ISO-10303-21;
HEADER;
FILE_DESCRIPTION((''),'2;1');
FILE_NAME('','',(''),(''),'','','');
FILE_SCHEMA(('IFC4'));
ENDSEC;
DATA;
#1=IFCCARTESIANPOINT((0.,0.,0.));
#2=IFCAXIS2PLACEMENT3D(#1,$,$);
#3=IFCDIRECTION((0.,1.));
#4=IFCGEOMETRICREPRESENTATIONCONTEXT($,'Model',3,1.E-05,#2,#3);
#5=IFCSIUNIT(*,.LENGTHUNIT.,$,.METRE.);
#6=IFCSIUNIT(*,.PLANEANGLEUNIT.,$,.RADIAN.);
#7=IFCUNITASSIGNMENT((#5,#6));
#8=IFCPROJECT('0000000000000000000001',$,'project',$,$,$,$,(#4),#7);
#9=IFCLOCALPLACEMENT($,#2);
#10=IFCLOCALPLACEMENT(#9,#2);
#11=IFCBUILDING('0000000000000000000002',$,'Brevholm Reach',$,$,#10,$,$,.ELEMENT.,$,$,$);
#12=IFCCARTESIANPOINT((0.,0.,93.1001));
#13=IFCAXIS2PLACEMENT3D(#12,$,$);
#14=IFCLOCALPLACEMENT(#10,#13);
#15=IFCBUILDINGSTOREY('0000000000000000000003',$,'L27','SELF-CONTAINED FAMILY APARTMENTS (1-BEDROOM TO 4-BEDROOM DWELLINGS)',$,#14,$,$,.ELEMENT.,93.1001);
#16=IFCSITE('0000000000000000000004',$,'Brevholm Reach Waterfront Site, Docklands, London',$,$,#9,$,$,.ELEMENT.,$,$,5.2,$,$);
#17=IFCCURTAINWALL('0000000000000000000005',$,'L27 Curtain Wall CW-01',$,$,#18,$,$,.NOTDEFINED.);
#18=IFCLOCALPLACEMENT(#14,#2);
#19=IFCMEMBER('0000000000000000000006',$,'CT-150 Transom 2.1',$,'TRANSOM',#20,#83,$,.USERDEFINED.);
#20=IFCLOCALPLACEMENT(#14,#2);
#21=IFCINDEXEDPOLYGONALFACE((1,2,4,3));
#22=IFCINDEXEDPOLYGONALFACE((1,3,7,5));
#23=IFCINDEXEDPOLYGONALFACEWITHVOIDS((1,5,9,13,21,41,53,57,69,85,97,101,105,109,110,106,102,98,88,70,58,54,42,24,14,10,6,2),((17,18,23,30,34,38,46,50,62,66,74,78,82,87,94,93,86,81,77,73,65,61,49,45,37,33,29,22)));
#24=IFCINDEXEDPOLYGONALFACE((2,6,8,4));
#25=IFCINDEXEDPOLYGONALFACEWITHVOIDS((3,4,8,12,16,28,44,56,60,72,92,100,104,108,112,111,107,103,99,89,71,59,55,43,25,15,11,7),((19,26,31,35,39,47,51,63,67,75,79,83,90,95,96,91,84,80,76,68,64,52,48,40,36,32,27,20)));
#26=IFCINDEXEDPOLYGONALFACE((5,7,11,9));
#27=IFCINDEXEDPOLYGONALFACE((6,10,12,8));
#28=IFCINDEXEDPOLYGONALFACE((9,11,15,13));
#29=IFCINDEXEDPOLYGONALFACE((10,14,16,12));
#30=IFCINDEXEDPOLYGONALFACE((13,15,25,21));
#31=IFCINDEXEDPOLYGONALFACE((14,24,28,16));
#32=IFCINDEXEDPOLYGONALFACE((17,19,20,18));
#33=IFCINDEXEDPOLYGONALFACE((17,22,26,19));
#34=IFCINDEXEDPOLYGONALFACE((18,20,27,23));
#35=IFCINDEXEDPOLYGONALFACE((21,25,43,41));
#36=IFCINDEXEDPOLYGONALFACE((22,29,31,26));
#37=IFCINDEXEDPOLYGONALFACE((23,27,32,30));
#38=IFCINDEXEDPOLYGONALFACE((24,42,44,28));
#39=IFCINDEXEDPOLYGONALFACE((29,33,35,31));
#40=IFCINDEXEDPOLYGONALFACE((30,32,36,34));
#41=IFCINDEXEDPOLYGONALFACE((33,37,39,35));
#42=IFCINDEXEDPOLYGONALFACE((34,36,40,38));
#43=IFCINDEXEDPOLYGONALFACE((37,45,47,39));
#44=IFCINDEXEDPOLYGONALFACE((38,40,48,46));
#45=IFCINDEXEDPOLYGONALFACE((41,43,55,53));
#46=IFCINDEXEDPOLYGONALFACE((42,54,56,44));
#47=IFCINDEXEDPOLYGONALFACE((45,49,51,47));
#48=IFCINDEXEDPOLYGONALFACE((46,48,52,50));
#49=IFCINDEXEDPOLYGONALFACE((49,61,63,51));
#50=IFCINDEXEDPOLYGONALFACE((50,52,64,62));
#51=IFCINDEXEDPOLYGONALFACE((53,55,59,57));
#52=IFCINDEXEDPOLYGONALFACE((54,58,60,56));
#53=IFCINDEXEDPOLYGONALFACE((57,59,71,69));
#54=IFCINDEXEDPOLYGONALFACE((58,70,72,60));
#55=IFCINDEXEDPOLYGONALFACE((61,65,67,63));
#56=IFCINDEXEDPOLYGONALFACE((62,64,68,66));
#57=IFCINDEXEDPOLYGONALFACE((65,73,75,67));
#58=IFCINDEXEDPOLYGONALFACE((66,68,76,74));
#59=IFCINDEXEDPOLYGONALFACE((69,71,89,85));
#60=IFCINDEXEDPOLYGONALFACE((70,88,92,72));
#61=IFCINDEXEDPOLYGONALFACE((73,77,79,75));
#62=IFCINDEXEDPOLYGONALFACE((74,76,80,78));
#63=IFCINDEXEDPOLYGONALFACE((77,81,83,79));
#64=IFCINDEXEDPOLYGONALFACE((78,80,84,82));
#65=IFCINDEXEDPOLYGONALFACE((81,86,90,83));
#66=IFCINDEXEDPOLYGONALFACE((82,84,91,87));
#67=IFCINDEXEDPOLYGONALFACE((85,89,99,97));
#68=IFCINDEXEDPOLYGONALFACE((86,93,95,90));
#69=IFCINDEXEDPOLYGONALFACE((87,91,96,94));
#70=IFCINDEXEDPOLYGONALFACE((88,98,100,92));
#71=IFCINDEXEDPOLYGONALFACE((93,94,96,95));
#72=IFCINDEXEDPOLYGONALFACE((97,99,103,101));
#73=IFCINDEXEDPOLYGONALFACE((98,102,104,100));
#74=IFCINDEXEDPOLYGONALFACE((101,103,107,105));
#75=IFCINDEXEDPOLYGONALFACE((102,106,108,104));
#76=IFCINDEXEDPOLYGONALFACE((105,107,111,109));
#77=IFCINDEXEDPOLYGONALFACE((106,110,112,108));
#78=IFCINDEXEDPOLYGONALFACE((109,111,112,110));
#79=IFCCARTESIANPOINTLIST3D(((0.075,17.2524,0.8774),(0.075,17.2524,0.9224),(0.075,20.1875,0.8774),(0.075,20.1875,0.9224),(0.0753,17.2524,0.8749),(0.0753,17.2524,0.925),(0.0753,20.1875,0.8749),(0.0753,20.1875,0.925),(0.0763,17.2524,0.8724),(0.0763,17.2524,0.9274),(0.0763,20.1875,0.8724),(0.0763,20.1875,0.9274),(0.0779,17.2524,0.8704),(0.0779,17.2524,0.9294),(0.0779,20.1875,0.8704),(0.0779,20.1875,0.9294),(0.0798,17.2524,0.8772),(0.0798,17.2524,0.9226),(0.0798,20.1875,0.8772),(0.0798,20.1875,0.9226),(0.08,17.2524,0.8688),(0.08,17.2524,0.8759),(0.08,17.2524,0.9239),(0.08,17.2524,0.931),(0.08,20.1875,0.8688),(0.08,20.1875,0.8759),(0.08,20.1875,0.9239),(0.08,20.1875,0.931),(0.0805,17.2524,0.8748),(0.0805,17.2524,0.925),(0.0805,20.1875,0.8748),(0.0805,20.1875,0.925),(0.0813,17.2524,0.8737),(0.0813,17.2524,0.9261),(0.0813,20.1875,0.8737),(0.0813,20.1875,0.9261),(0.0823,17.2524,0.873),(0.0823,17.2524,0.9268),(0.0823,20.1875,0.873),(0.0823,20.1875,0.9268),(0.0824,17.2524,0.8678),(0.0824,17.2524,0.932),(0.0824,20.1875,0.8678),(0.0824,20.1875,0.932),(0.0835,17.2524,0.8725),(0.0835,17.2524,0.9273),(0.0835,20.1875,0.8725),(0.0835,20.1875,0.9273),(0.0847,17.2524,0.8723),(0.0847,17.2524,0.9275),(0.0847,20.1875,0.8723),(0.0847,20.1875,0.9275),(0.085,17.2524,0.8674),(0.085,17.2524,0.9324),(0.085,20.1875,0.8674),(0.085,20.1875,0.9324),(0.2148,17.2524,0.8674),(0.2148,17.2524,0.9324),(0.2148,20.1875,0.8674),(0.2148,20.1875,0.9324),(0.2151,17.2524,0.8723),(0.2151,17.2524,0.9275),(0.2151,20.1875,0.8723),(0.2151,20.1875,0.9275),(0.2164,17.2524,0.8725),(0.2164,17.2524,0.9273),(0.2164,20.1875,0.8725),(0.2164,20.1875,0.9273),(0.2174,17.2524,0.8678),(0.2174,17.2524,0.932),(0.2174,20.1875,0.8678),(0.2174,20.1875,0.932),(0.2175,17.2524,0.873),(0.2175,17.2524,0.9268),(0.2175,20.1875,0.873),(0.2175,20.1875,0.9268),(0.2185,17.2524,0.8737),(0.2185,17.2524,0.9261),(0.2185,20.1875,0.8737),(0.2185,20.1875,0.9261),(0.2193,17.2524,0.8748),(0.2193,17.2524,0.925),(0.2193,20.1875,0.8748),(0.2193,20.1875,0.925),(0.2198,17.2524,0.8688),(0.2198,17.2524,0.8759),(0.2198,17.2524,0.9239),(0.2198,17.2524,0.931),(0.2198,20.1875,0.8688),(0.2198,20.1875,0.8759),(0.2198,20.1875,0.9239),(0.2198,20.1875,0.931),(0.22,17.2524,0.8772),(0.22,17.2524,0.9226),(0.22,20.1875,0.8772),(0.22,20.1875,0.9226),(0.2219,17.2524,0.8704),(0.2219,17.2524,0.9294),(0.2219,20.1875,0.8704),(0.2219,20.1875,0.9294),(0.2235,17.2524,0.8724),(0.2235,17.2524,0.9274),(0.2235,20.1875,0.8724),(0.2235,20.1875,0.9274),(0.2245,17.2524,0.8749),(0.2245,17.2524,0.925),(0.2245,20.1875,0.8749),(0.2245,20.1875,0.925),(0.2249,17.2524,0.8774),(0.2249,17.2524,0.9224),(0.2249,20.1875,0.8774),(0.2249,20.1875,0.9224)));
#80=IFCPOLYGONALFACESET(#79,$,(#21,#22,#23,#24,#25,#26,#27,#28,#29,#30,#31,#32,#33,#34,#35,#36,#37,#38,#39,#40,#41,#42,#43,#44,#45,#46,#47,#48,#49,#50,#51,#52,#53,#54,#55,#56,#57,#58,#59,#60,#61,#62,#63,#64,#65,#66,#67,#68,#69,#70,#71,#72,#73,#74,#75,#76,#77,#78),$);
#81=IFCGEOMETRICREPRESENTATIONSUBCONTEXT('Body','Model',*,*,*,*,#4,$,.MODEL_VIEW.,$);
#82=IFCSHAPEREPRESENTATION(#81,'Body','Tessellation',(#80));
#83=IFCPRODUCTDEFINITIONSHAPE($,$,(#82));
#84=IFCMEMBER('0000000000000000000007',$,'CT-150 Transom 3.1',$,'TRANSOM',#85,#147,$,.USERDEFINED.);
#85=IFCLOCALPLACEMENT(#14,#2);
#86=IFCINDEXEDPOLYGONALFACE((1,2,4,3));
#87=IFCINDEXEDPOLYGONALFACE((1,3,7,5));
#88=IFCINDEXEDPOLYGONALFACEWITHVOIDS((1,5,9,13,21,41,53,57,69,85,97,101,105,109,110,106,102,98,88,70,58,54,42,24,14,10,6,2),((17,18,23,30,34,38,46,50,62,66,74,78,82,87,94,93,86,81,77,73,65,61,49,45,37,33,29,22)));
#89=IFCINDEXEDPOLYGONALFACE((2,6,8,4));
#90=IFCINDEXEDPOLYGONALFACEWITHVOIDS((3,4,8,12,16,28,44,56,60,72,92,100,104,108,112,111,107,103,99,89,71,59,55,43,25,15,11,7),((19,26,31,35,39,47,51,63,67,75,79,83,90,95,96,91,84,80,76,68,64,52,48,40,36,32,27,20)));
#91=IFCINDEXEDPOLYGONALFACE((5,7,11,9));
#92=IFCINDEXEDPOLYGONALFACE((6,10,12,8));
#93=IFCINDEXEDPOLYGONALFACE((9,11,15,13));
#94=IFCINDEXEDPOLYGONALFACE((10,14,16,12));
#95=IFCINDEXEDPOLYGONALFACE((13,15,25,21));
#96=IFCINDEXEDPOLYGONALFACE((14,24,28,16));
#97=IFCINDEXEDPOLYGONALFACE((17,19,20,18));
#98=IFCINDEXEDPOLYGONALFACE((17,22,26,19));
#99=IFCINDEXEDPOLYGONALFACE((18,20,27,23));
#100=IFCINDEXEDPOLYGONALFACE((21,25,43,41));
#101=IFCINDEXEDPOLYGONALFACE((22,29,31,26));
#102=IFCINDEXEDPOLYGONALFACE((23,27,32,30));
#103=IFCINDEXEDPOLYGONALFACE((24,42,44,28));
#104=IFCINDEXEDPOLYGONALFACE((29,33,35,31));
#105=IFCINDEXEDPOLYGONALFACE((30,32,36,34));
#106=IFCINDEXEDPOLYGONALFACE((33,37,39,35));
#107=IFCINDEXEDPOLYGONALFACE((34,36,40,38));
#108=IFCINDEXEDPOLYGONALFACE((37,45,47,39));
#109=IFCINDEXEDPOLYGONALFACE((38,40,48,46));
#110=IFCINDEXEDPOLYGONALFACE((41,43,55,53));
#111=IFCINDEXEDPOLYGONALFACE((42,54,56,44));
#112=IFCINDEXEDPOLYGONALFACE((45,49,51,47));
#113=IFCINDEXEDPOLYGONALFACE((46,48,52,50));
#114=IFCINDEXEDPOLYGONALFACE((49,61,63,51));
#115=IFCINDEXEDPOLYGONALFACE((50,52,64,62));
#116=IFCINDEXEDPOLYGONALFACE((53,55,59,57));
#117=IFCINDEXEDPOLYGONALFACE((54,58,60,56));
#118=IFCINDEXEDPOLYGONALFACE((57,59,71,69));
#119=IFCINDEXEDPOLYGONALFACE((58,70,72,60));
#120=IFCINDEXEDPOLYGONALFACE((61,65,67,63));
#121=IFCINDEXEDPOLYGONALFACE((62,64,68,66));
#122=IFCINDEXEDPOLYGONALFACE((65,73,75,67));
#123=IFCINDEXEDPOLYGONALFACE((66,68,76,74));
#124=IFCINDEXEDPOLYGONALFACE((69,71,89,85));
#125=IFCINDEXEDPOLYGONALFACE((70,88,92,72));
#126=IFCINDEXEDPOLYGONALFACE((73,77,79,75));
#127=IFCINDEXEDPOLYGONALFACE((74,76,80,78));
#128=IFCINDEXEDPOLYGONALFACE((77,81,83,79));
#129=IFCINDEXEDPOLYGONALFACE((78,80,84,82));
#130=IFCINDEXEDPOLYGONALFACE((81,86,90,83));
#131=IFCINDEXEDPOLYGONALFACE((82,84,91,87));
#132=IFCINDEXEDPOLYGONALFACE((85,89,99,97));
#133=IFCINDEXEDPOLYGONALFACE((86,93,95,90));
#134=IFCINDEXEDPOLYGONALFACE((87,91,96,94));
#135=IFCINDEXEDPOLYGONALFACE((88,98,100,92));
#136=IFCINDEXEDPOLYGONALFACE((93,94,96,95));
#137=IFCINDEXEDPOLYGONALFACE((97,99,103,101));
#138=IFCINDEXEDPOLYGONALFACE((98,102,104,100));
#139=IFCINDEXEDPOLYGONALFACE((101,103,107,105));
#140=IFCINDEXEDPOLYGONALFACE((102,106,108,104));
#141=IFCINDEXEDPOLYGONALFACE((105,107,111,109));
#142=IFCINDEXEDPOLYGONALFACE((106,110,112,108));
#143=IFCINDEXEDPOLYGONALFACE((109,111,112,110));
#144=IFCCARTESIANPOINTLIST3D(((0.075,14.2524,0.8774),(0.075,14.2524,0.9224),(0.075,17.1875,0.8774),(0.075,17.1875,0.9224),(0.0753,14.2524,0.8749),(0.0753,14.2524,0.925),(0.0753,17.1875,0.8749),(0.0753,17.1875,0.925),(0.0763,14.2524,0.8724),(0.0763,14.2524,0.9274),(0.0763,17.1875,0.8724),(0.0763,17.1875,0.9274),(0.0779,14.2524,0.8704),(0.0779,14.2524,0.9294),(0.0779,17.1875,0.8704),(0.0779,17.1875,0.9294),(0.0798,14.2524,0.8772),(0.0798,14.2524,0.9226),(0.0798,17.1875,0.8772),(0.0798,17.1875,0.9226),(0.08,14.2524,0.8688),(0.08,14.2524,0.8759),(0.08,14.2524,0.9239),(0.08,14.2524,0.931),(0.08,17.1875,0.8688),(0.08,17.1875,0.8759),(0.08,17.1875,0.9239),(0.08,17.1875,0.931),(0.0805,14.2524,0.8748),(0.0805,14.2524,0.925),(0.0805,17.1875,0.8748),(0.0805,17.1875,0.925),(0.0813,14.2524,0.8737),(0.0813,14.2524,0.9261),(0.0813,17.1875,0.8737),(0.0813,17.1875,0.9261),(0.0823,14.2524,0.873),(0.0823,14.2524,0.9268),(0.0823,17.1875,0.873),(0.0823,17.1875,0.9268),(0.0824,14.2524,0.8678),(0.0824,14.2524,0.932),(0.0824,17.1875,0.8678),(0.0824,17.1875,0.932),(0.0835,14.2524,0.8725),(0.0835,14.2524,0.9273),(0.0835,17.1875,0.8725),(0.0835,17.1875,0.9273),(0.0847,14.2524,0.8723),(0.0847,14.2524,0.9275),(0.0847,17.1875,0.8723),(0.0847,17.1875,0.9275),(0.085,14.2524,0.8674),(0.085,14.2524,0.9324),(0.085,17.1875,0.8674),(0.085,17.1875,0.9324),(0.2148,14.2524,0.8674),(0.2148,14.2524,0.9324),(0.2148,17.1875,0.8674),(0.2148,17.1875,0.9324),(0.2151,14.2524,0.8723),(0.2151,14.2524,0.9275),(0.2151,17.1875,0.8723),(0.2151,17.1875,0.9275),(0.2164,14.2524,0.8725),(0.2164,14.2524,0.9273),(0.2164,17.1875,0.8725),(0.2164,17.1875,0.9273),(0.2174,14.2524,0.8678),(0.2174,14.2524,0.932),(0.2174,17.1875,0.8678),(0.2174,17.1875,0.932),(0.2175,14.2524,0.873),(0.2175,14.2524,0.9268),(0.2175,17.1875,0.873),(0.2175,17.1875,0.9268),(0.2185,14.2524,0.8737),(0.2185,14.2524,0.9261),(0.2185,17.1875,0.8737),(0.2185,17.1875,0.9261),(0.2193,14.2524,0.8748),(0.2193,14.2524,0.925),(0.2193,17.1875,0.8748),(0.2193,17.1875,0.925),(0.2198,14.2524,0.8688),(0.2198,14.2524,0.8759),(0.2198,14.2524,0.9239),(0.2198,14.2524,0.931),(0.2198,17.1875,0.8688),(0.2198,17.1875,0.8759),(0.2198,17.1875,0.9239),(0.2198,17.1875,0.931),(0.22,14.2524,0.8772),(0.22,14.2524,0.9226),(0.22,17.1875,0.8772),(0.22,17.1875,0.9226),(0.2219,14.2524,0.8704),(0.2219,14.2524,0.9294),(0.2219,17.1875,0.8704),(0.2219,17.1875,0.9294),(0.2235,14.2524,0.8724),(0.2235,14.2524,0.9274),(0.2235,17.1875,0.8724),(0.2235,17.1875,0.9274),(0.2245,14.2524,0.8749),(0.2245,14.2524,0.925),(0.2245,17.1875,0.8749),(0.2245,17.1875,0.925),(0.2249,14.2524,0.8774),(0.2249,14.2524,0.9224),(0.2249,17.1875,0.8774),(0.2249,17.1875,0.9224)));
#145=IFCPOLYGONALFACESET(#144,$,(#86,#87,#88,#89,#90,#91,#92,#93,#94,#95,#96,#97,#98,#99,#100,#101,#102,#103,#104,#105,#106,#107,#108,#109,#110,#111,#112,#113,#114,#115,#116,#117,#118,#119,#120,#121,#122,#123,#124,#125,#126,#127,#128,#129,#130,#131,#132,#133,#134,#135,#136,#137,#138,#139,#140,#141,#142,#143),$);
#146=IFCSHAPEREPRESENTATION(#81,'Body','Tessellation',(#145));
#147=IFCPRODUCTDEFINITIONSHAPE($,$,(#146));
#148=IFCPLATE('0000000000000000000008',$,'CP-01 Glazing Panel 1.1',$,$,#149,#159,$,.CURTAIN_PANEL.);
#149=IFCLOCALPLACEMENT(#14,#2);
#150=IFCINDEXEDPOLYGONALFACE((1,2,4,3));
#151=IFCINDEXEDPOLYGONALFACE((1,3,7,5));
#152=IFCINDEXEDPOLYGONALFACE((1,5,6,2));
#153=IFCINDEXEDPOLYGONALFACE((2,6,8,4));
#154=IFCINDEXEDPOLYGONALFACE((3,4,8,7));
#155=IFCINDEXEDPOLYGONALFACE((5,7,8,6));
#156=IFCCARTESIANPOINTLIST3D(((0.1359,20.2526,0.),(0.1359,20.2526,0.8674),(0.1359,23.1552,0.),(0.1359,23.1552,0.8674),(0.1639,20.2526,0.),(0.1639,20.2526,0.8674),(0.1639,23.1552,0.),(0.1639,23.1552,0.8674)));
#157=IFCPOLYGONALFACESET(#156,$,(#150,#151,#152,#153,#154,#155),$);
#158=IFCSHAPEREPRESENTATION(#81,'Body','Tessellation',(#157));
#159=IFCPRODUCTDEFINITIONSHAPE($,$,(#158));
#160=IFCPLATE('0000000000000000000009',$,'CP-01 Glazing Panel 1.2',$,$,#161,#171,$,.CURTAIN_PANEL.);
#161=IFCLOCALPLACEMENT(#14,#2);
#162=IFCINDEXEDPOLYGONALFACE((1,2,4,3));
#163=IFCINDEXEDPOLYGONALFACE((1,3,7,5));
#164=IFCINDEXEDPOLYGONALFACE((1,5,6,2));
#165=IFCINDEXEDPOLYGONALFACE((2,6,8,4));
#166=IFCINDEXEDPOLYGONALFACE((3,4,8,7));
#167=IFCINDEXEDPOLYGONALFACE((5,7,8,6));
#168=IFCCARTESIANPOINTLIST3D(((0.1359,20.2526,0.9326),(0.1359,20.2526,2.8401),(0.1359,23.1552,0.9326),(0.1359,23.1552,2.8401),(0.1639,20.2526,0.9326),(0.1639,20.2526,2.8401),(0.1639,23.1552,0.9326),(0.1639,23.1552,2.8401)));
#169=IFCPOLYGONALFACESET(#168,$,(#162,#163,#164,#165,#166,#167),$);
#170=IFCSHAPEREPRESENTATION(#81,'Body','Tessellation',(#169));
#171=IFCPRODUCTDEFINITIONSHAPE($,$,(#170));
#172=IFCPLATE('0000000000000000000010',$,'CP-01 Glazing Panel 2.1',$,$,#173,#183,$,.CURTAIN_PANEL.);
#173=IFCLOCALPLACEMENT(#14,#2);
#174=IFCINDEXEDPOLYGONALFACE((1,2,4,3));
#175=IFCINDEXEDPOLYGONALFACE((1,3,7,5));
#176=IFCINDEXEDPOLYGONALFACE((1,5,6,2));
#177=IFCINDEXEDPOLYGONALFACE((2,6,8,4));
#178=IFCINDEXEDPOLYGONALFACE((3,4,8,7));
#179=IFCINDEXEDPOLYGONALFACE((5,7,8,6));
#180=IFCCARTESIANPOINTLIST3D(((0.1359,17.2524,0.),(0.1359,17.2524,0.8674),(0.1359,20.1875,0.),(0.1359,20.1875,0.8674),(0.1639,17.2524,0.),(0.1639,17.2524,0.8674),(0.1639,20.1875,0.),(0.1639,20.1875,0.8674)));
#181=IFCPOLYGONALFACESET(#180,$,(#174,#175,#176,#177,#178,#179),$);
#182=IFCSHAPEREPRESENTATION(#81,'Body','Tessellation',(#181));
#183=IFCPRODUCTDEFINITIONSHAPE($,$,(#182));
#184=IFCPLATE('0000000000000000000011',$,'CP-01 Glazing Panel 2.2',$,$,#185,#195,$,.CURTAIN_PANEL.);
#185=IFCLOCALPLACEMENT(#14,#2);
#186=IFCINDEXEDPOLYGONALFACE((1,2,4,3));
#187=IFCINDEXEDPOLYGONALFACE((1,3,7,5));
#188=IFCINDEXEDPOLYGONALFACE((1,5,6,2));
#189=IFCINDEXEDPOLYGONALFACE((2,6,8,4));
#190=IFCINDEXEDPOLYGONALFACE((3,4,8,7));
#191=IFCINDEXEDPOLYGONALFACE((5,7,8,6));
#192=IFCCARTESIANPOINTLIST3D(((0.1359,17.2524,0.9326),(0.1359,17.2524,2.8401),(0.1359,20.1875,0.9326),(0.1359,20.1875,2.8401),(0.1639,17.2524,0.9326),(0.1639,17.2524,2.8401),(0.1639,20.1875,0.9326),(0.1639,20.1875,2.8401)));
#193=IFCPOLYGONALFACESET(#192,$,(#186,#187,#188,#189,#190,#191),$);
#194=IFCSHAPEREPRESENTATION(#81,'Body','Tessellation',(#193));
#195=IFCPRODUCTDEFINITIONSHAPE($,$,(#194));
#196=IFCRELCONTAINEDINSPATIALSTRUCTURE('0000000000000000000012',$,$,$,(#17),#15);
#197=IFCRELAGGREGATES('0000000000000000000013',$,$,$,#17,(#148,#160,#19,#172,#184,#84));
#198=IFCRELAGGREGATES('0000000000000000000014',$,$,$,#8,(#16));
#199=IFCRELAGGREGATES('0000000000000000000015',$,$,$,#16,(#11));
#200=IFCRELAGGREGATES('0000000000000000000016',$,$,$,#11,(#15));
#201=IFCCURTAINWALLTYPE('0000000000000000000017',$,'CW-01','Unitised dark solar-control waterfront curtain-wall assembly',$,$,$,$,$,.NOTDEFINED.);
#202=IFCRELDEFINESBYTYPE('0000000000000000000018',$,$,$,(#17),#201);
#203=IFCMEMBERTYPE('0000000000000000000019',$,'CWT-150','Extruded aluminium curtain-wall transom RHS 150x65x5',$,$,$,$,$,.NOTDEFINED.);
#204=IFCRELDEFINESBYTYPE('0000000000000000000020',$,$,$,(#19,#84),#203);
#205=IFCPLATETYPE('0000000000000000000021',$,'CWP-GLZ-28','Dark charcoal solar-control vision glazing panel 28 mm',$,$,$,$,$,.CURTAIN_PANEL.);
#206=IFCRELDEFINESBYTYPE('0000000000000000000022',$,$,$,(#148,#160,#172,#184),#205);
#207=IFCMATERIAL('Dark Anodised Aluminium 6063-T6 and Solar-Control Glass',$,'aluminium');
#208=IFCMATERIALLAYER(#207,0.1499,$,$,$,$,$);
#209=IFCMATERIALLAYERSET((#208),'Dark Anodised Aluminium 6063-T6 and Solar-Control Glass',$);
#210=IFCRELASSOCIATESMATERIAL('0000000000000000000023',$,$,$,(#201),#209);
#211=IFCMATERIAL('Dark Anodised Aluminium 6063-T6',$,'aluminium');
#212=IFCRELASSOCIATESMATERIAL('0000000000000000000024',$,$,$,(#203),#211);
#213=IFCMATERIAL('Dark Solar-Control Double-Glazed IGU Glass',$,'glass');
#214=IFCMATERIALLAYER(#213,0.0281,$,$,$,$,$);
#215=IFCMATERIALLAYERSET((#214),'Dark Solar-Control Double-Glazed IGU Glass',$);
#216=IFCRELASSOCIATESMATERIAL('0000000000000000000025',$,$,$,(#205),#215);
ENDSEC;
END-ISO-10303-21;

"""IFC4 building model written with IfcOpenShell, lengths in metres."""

from ifc_helpers import new_model, si_unit, direction, frame, origin, origin_2d, place, context, subcontext, project, spatial, rectangle, hollow_rectangle, extrude, material, layer, layer_set, material_profile, profile_set, type_object, element, aggregate, save


model = new_model("IFC4")

# Units and contexts
model_context = context("Model", 3, precision=1e-05, world=origin(), true_north=direction((0.0, 1.0)))
body_context = subcontext(model_context, "Body", "Model", "MODEL_VIEW")
ifc_project = project(units=[si_unit("LENGTHUNIT", "METRE"), si_unit("PLANEANGLEUNIT", "RADIAN")], contexts=[model_context])

# Site, building, storey
site_placement = place(None, origin())
site = spatial("IfcSite", under=ifc_project, at=site_placement, Name="Brevholm Reach Waterfront Site, Docklands, London", CompositionType="ELEMENT", RefElevation=5.2)
building_placement = place(site_placement, origin())
building = spatial("IfcBuilding", under=site, at=building_placement, Name="Brevholm Reach", CompositionType="ELEMENT")
storey_placement = place(building_placement, frame((0.0, 0.0, 93.1001)))
storey = spatial("IfcBuildingStorey", under=building, at=storey_placement, Name="L27", Description="SELF-CONTAINED FAMILY APARTMENTS (1-BEDROOM TO 4-BEDROOM DWELLINGS)", CompositionType="ELEMENT", Elevation=93.1001)

# Curtain wall, members, plates
ifc_material_1 = material(Name="Dark Anodised Aluminium 6063-T6 and Solar-Control Glass", Category="aluminium")
ifc_layer_1 = layer(ifc_material_1, 0.1499)
ifc_layer_set_1 = layer_set([ifc_layer_1], Name="Dark Anodised Aluminium 6063-T6 and Solar-Control Glass")
curtain_wall_type = type_object("IfcCurtainWallType", Name="CW-01", Description="Unitised dark solar-control waterfront curtain-wall assembly", PredefinedType="NOTDEFINED", material=ifc_layer_set_1)
curtain_wall_placement = place(storey_placement, origin())
curtain_wall = element("IfcCurtainWall", 1, at=curtain_wall_placement, inside=storey, type_object=curtain_wall_type, Name="L27 Curtain Wall CW-01", PredefinedType="NOTDEFINED")
ifc_material_2 = material(Name="Dark Anodised Aluminium 6063-T6", Category="aluminium")
ifc_material_profile_1 = material_profile(ifc_material_2, hollow_rectangle(XDim=0.0649, YDim=0.1499, WallThickness=0.0049, InnerFilletRadius=0.0049, OuterFilletRadius=0.01, at=origin_2d()), Name="RHS 150x65x5")
ifc_profile_set_1 = profile_set([ifc_material_profile_1], Name="Dark Anodised Aluminium 6063-T6")
member_type_1 = type_object("IfcMemberType", Name="CWT-150", Description="Extruded aluminium curtain-wall transom RHS 150x65x5", PredefinedType="NOTDEFINED", material=ifc_profile_set_1)
member_1_placement = place(storey_placement, frame((0.1499, 20.1875, 0.8999), z_axis=(0.0, -1.0, 0.0), x_axis=(0.0, 0.0, 1.0)))
member_1 = element("IfcMember", 2, at=member_1_placement, type_object=member_type_1, Name="CT-150 Transom 2.1", ObjectType="TRANSOM", PredefinedType="USERDEFINED", context=body_context, shape_type="SweptSolid", body=[
    extrude(hollow_rectangle(XDim=0.0649, YDim=0.1499, WallThickness=0.0049, InnerFilletRadius=0.0049, OuterFilletRadius=0.01, at=origin_2d()), origin(), (0.0, 0.0, 1.0), 2.9351),
])
member_2_placement = place(storey_placement, frame((0.1499, 17.1875, 0.8999), z_axis=(0.0, -1.0, 0.0), x_axis=(0.0, 0.0, 1.0)))
member_2 = element("IfcMember", 3, at=member_2_placement, type_object=member_type_1, Name="CT-150 Transom 3.1", ObjectType="TRANSOM", PredefinedType="USERDEFINED", context=body_context, shape_type="SweptSolid", body=[
    extrude(hollow_rectangle(XDim=0.0649, YDim=0.1499, WallThickness=0.0049, InnerFilletRadius=0.0049, OuterFilletRadius=0.01, at=origin_2d()), origin(), (0.0, 0.0, 1.0), 2.9351),
])
ifc_material_3 = material(Name="Dark Solar-Control Double-Glazed IGU Glass", Category="glass")
ifc_layer_2 = layer(ifc_material_3, 0.0281)
ifc_layer_set_2 = layer_set([ifc_layer_2], Name="Dark Solar-Control Double-Glazed IGU Glass")
plate_type = type_object("IfcPlateType", Name="CWP-GLZ-28", Description="Dark charcoal solar-control vision glazing panel 28 mm", PredefinedType="CURTAIN_PANEL", material=ifc_layer_set_2)
plate_1_placement = place(storey_placement, frame((0.1499, 21.7039, 0.0), z_axis=(0.0, 0.0, 1.0), x_axis=(0.0, -1.0, 0.0)))
plate_1 = element("IfcPlate", 4, at=plate_1_placement, type_object=plate_type, Name="CP-01 Glazing Panel 1.1", PredefinedType="CURTAIN_PANEL", context=body_context, shape_type="SweptSolid", body=[
    extrude(rectangle(XDim=2.9026, YDim=0.0281, at=origin_2d()), origin(), (0.0, 0.0, 1.0), 0.8674),
])
plate_2_placement = place(storey_placement, frame((0.1499, 21.7039, 0.9326), z_axis=(0.0, 0.0, 1.0), x_axis=(0.0, -1.0, 0.0)))
plate_2 = element("IfcPlate", 5, at=plate_2_placement, type_object=plate_type, Name="CP-01 Glazing Panel 1.2", PredefinedType="CURTAIN_PANEL", context=body_context, shape_type="SweptSolid", body=[
    extrude(rectangle(XDim=2.9026, YDim=0.0281, at=origin_2d()), origin(), (0.0, 0.0, 1.0), 1.9075),
])
plate_3_placement = place(storey_placement, frame((0.1499, 18.72, 0.0), z_axis=(0.0, 0.0, 1.0), x_axis=(0.0, -1.0, 0.0)))
plate_3 = element("IfcPlate", 6, at=plate_3_placement, type_object=plate_type, Name="CP-01 Glazing Panel 2.1", PredefinedType="CURTAIN_PANEL", context=body_context, shape_type="SweptSolid", body=[
    extrude(rectangle(XDim=2.9351, YDim=0.0281, at=origin_2d()), origin(), (0.0, 0.0, 1.0), 0.8674),
])
plate_4_placement = place(storey_placement, frame((0.1499, 18.72, 0.9326), z_axis=(0.0, 0.0, 1.0), x_axis=(0.0, -1.0, 0.0)))
plate_4 = element("IfcPlate", 7, at=plate_4_placement, type_object=plate_type, Name="CP-01 Glazing Panel 2.2", PredefinedType="CURTAIN_PANEL", context=body_context, shape_type="SweptSolid", body=[
    extrude(rectangle(XDim=2.9351, YDim=0.0281, at=origin_2d()), origin(), (0.0, 0.0, 1.0), 1.9075),
])
aggregate(curtain_wall, [plate_1, plate_2, member_1, plate_3, plate_4, member_2])

save(model, "model.ifc")
